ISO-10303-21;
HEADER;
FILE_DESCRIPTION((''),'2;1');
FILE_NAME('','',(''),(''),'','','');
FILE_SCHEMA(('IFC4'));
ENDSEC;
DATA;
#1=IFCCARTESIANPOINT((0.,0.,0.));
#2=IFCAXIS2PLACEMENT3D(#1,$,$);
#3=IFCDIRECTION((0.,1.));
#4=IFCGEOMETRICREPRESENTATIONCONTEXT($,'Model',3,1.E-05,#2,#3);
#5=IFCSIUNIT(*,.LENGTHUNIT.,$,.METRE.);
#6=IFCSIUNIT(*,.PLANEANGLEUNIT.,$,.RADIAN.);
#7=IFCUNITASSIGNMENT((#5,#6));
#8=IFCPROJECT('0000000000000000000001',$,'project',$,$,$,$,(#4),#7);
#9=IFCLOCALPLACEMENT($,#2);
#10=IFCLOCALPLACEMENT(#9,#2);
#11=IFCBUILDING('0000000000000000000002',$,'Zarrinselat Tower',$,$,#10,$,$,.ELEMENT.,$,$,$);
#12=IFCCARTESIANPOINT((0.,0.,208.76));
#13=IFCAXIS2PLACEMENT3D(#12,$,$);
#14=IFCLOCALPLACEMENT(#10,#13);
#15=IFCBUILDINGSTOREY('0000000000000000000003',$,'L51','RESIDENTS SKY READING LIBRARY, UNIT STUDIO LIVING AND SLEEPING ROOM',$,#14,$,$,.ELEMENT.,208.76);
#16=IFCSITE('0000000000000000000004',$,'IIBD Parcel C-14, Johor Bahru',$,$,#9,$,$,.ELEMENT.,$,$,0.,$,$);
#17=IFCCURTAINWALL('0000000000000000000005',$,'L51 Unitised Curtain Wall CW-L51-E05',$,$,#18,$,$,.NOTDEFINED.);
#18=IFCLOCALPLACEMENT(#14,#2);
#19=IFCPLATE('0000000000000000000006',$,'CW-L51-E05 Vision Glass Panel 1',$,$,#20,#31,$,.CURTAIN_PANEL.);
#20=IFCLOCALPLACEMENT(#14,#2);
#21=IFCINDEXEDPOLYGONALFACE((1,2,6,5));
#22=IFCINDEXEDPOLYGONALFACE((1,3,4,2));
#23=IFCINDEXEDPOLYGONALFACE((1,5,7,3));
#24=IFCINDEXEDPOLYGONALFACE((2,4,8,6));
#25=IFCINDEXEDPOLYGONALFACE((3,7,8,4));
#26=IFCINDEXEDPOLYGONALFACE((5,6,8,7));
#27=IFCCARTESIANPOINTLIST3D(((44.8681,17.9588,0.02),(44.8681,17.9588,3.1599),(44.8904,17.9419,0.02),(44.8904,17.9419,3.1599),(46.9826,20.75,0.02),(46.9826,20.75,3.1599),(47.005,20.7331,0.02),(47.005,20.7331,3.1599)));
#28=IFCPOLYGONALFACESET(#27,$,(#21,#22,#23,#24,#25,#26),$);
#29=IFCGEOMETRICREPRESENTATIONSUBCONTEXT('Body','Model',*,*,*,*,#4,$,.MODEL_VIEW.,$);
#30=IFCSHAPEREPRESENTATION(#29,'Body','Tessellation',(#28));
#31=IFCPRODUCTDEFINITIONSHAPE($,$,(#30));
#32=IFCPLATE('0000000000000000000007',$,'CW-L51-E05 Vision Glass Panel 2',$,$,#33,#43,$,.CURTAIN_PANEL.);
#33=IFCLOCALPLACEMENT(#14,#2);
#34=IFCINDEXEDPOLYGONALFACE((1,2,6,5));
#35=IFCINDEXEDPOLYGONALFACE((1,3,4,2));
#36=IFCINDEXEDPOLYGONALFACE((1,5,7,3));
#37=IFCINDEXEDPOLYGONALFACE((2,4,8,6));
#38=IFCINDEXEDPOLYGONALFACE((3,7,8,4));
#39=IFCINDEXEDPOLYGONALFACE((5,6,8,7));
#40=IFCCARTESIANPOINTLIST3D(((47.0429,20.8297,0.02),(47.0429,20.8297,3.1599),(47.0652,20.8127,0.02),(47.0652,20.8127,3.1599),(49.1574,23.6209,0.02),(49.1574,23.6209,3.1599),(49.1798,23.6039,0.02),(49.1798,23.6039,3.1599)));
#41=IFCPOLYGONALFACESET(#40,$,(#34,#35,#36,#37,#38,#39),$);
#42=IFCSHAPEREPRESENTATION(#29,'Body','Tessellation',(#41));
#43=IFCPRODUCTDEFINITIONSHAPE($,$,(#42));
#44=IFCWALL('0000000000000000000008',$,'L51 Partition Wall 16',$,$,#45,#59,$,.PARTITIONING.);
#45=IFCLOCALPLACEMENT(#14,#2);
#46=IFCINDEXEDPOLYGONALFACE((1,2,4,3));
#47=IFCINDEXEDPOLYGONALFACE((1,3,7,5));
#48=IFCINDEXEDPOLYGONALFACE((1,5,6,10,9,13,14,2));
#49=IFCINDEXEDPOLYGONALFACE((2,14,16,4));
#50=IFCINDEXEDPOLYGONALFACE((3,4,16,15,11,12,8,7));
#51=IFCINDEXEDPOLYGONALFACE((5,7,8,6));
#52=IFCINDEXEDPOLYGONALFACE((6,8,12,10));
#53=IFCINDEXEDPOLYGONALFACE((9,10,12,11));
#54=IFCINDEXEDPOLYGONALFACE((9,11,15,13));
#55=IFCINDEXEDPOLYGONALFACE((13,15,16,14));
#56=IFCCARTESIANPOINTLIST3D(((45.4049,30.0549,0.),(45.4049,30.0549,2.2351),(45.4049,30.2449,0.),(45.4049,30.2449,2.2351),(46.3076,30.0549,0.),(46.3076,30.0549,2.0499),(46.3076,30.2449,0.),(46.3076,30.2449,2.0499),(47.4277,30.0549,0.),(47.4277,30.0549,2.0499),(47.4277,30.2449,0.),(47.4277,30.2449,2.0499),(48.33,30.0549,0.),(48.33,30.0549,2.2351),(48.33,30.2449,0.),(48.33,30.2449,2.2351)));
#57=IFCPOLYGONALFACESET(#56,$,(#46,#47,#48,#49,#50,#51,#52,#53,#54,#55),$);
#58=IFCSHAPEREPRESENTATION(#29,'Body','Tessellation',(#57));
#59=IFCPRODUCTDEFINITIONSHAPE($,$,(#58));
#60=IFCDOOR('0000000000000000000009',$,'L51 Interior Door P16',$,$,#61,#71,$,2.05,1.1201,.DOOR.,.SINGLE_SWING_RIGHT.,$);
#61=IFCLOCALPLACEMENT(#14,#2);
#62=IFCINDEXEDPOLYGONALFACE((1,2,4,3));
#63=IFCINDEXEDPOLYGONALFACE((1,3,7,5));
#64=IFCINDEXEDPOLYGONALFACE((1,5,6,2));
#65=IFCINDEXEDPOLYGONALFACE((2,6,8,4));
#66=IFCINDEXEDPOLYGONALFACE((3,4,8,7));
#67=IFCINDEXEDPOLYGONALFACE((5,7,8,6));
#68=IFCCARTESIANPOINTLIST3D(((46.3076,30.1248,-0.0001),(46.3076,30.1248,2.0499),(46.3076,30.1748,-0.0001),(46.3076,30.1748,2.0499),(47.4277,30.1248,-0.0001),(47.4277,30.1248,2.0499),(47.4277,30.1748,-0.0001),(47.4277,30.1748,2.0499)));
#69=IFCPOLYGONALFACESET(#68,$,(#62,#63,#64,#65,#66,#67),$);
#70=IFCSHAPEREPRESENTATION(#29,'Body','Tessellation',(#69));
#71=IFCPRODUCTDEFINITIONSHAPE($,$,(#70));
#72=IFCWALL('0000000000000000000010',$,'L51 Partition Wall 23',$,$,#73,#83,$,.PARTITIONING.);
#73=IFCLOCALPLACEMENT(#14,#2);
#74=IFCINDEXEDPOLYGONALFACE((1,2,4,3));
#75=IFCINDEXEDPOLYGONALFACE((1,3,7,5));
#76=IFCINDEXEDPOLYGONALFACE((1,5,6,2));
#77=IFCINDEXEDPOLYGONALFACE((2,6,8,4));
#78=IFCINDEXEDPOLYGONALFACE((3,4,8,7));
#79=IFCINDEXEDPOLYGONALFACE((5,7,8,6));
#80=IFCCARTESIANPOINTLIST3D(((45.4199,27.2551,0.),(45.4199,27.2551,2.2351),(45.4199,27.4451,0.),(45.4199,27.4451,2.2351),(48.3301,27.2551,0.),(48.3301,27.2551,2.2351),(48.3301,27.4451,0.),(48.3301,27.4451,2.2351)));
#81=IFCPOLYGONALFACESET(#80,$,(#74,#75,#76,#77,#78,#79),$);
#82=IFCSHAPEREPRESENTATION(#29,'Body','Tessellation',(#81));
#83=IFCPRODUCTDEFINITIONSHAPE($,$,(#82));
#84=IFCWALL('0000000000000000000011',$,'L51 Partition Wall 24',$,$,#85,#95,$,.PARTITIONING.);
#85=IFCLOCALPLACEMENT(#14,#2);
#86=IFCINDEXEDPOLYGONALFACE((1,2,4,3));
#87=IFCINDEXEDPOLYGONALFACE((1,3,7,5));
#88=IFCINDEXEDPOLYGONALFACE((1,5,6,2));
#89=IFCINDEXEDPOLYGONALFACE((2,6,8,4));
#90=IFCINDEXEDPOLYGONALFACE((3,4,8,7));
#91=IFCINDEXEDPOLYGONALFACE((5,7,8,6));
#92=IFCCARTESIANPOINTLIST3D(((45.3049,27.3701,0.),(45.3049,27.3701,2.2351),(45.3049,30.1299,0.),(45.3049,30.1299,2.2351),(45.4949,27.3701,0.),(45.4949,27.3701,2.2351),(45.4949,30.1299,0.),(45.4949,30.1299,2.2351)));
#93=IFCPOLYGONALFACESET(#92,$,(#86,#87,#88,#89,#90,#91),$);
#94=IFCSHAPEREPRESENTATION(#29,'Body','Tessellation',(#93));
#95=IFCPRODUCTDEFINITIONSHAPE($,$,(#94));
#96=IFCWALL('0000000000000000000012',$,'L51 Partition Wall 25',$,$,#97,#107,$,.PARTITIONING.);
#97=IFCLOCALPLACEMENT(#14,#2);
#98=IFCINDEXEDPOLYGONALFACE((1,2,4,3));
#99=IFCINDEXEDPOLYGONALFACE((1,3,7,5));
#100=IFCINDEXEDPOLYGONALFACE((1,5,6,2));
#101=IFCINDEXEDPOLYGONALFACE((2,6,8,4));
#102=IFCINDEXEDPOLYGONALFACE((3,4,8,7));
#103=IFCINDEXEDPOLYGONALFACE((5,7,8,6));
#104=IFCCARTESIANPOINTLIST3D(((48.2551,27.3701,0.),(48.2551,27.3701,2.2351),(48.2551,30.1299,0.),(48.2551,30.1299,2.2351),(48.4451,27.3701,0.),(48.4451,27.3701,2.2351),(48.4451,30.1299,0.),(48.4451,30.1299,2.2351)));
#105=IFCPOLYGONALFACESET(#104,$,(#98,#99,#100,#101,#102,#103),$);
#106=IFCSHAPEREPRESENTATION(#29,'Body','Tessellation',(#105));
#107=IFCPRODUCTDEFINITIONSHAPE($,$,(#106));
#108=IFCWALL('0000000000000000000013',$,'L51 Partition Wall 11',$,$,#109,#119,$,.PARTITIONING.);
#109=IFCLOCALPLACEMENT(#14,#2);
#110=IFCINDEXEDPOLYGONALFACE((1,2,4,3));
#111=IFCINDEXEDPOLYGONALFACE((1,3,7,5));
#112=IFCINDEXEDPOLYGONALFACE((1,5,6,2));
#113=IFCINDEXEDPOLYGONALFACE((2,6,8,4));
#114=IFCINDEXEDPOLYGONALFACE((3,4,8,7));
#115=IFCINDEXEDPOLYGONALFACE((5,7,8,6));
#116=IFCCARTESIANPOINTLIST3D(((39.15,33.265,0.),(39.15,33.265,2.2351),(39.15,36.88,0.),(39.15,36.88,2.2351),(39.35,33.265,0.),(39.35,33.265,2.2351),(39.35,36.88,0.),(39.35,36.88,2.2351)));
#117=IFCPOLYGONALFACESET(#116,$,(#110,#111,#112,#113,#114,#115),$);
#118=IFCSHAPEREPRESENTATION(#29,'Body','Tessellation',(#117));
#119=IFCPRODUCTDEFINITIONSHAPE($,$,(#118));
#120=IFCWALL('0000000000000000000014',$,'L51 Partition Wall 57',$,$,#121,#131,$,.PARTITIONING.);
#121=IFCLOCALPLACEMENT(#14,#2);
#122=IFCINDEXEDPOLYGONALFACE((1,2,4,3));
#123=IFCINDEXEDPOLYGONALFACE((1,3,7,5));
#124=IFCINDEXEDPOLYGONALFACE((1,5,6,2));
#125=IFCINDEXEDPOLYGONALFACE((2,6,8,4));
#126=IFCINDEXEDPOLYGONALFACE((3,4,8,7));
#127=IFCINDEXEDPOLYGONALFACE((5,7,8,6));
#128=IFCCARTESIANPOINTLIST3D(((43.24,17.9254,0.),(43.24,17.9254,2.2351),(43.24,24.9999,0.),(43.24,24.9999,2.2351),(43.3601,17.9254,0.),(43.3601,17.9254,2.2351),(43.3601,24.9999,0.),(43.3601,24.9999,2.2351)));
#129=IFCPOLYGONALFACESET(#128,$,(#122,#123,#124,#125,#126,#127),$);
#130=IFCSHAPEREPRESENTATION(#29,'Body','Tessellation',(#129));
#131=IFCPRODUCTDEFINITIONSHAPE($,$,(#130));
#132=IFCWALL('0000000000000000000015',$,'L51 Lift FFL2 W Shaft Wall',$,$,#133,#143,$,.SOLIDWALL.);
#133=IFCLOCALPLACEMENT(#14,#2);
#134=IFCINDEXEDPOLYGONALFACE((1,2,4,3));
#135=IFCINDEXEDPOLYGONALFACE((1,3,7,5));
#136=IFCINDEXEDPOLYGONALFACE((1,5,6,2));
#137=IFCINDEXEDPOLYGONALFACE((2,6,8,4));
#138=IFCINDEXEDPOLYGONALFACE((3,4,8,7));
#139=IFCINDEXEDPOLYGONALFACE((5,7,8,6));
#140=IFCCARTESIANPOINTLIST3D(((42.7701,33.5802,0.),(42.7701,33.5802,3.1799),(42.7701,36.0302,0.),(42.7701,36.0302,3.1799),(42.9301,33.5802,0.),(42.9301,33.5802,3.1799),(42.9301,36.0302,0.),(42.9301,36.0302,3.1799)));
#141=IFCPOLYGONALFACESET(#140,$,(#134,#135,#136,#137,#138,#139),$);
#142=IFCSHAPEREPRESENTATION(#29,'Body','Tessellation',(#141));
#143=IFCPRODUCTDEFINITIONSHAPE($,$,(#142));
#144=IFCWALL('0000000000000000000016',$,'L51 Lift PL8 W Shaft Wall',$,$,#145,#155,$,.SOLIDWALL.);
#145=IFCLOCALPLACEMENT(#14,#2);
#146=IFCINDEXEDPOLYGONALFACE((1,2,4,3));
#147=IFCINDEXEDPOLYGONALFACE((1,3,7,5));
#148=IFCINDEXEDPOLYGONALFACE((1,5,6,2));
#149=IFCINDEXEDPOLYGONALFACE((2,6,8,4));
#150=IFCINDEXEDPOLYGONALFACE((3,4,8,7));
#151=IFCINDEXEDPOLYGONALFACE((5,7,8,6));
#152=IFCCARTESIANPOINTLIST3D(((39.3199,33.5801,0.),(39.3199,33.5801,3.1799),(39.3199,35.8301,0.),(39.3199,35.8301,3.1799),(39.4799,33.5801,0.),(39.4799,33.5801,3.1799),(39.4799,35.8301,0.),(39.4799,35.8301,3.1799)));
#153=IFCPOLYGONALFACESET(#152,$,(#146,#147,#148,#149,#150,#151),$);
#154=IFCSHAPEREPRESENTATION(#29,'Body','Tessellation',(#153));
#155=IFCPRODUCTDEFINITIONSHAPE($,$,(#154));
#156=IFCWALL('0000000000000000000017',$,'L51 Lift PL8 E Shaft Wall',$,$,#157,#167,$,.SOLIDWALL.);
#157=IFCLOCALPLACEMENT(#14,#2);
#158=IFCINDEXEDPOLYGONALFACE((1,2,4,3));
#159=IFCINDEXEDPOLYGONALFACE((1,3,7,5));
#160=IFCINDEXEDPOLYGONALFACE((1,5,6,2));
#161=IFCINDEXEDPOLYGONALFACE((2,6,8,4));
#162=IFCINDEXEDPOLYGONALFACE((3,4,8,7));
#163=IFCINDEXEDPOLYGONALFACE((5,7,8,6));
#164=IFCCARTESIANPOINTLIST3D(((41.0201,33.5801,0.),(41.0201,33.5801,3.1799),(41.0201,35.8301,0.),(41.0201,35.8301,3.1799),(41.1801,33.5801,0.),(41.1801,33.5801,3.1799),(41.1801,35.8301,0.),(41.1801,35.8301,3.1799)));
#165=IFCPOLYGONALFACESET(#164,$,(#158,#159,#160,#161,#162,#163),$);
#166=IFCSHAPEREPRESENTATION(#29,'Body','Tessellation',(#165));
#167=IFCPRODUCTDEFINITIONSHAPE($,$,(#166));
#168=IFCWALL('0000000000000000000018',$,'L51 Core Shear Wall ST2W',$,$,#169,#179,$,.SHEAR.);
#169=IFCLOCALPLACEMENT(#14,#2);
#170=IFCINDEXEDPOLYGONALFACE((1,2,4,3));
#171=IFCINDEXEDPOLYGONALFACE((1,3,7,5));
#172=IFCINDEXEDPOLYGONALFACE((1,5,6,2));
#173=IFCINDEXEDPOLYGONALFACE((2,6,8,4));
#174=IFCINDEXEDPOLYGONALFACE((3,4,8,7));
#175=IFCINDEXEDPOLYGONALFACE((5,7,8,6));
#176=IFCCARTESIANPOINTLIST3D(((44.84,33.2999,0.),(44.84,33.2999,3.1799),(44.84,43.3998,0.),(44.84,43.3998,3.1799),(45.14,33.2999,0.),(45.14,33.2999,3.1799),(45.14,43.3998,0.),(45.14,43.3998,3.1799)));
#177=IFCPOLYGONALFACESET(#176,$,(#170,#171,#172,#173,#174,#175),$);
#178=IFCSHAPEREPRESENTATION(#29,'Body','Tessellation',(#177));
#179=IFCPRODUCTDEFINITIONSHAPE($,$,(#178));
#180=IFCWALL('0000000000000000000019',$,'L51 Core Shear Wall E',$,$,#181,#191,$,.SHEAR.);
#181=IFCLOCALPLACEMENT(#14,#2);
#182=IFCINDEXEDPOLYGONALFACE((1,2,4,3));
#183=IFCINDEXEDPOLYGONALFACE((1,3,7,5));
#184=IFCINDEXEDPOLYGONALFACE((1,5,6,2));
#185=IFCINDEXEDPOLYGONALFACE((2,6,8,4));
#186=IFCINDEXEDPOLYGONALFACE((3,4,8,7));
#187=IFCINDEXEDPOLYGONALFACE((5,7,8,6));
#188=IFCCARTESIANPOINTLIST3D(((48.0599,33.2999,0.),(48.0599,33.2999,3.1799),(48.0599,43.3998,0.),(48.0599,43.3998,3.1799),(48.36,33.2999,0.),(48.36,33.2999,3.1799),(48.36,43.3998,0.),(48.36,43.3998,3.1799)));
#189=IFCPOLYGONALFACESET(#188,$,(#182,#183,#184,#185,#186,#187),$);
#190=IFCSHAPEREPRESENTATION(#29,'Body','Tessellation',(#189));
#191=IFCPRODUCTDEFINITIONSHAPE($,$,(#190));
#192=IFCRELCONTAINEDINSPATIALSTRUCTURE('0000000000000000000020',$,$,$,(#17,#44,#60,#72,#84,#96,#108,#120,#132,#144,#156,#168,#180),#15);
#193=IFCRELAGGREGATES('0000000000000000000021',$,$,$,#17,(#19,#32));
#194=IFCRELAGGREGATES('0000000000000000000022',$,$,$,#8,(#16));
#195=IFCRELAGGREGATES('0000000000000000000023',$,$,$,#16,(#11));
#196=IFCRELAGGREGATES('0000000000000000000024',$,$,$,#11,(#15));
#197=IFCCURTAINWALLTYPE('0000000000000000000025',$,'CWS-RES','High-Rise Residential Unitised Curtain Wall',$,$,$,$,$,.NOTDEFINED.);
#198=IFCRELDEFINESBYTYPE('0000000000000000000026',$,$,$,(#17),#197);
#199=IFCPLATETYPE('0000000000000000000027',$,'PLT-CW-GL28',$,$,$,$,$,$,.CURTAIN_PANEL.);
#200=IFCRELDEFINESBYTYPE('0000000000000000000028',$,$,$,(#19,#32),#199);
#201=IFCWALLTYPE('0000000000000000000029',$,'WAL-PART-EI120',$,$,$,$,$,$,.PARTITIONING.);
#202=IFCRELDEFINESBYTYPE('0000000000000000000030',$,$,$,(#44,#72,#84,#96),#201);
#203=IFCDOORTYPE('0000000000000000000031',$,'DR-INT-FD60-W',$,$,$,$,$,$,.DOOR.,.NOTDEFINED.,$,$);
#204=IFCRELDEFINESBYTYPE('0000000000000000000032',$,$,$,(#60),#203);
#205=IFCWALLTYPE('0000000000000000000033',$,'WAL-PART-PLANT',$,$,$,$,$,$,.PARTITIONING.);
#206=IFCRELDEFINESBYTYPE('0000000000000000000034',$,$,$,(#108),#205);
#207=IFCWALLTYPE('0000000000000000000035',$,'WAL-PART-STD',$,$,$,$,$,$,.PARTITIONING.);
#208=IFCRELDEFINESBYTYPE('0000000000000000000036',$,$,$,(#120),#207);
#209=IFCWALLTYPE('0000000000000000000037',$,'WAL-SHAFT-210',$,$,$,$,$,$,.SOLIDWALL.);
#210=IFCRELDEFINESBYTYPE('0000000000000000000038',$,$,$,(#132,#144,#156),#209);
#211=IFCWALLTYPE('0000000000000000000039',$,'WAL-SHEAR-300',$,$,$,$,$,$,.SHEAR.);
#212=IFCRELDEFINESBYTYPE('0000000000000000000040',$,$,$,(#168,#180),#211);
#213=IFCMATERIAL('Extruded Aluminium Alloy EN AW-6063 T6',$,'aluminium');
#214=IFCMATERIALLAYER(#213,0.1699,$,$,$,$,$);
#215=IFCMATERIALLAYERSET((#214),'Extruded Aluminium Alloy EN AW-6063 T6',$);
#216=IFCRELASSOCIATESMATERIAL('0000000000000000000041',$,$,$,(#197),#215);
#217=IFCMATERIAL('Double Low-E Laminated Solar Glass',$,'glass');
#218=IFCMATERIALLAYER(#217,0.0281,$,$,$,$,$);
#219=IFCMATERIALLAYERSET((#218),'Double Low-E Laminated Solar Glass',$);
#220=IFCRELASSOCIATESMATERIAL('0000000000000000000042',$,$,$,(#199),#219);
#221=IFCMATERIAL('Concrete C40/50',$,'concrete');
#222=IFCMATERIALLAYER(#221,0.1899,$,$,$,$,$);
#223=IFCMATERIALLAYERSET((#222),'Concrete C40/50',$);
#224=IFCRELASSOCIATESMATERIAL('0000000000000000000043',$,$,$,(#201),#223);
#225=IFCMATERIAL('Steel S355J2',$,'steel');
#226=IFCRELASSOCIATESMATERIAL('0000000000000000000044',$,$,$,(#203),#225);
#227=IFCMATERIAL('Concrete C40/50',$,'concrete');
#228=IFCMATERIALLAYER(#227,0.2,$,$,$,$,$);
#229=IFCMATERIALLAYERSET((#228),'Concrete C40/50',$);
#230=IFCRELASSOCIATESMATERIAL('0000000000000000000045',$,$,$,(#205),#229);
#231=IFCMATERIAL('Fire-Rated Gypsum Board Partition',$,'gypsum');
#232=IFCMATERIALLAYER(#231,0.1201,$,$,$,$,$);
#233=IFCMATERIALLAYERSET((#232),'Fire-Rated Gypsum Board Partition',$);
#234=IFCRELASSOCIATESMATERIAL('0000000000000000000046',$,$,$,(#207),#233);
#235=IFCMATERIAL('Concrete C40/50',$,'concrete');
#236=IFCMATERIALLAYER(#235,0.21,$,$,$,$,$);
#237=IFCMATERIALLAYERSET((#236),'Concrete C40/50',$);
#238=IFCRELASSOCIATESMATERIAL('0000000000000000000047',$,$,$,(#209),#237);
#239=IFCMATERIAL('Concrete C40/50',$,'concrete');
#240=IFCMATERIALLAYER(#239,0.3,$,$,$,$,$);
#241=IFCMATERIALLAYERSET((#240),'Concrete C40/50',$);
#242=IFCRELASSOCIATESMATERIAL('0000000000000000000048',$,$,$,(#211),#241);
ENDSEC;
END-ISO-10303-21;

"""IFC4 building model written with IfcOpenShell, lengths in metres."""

from ifc_helpers import new_model, si_unit, direction, frame, frame_2d, origin, origin_2d, place, context, subcontext, project, spatial, rectangle, extrude, material, layer, layer_set, type_object, element, fill, aggregate, save


model = new_model("IFC4")

# Units and contexts
model_context = context("Model", 3, precision=1e-05, world=origin(), true_north=direction((0.0, 1.0)))
body_context = subcontext(model_context, "Body", "Model", "MODEL_VIEW")
ifc_project = project(units=[si_unit("LENGTHUNIT", "METRE"), si_unit("PLANEANGLEUNIT", "RADIAN")], contexts=[model_context])

# Site, building, storey
site_placement = place(None, origin())
site = spatial("IfcSite", under=ifc_project, at=site_placement, Name="IIBD Parcel C-14, Johor Bahru", CompositionType="ELEMENT", RefElevation=0.0)
building_placement = place(site_placement, origin())
building = spatial("IfcBuilding", under=site, at=building_placement, Name="Zarrinselat Tower", CompositionType="ELEMENT")
storey_placement = place(building_placement, frame((0.0, 0.0, 208.76)))
storey = spatial("IfcBuildingStorey", under=building, at=storey_placement, Name="L51", Description="RESIDENTS SKY READING LIBRARY, UNIT STUDIO LIVING AND SLEEPING ROOM", CompositionType="ELEMENT", Elevation=208.76)

# Curtain wall
ifc_material_1 = material(Name="Extruded Aluminium Alloy EN AW-6063 T6", Category="aluminium")
ifc_layer_1 = layer(ifc_material_1, 0.1699)
ifc_layer_set_1 = layer_set([ifc_layer_1], Name="Extruded Aluminium Alloy EN AW-6063 T6")
curtain_wall_type = type_object("IfcCurtainWallType", Name="CWS-RES", Description="High-Rise Residential Unitised Curtain Wall", PredefinedType="NOTDEFINED", material=ifc_layer_set_1)
curtain_wall_1_placement = place(storey_placement, origin())
curtain_wall_1 = element("IfcCurtainWall", 1, at=curtain_wall_1_placement, inside=storey, type_object=curtain_wall_type, Name="L51 Unitised Curtain Wall CW-L51-E05", PredefinedType="NOTDEFINED")

# Plates
ifc_material_2 = material(Name="Double Low-E Laminated Solar Glass", Category="glass")
ifc_layer_2 = layer(ifc_material_2, 0.0281)
ifc_layer_set_2 = layer_set([ifc_layer_2], Name="Double Low-E Laminated Solar Glass")
plate_type = type_object("IfcPlateType", Name="PLT-CW-GL28", PredefinedType="CURTAIN_PANEL", material=ifc_layer_set_2)
plate_1_placement = place(storey_placement, frame((45.9365, 19.3459, 0.02), z_axis=(0.0, 0.0, 1.0), x_axis=(0.603859, 0.797091, 0.0)))
plate_1 = element("IfcPlate", 2, at=plate_1_placement, type_object=plate_type, Name="CW-L51-E05 Vision Glass Panel 1", PredefinedType="CURTAIN_PANEL", context=body_context, shape_type="SweptSolid", body=[
    extrude(rectangle(XDim=3.5017, YDim=0.0281, at=origin_2d()), origin(), (0.0, 0.0, 1.0), 3.1399),
])
plate_2_placement = place(storey_placement, frame((48.1113, 22.2168, 0.02), z_axis=(0.0, 0.0, 1.0), x_axis=(0.603859, 0.797091, 0.0)))
plate_2 = element("IfcPlate", 3, at=plate_2_placement, type_object=plate_type, Name="CW-L51-E05 Vision Glass Panel 2", PredefinedType="CURTAIN_PANEL", context=body_context, shape_type="SweptSolid", body=[
    extrude(rectangle(XDim=3.5017, YDim=0.0281, at=origin_2d()), origin(), (0.0, 0.0, 1.0), 3.1399),
])
aggregate(curtain_wall_1, [plate_1, plate_2])

# Wall, opening, door
ifc_material_3 = material(Name="Concrete C40/50", Category="concrete")
ifc_layer_3 = layer(ifc_material_3, 0.1899)
ifc_layer_set_3 = layer_set([ifc_layer_3], Name="Concrete C40/50")
wall_type_1 = type_object("IfcWallType", Name="WAL-PART-EI120", PredefinedType="PARTITIONING", material=ifc_layer_set_3)
wall_1_placement = place(storey_placement, frame((45.405, 30.1499, 0.0), z_axis=(0.0, 0.0, 1.0), x_axis=(1.0, 0.0, 0.0)))
wall_1 = element("IfcWall", 4, at=wall_1_placement, inside=storey, type_object=wall_type_1, Name="L51 Partition Wall 16", PredefinedType="PARTITIONING", context=body_context, shape_type="SweptSolid", body=[
    extrude(rectangle(XDim=2.925, YDim=0.1899, at=frame_2d((1.4624, 0.0))), origin(), (0.0, 0.0, 1.0), 2.2351),
])
opening_placement = place(wall_1_placement, frame((0.9026, 0.0, 0.0)))
opening = element("IfcOpeningElement", 5, at=opening_placement, cuts=wall_1, PredefinedType="OPENING", context=body_context, shape_type="SweptSolid", body=[
    extrude(rectangle(XDim=1.1201, YDim=2.05, at=frame_2d((0.5601, 1.0249))), frame((0.0, 0.105, 0.0), z_axis=(0.0, -1.0, 0.0), x_axis=(1.0, 0.0, 0.0)), (0.0, 0.0, 1.0), 0.21),
])
ifc_material_4 = material(Name="Steel S355J2", Category="steel")
door_type = type_object("IfcDoorType", Name="DR-INT-FD60-W", OperationType="NOTDEFINED", PredefinedType="DOOR", material=ifc_material_4)
door_placement = place(opening_placement, origin())
door = element("IfcDoor", 6, at=door_placement, inside=storey, type_object=door_type, Name="L51 Interior Door P16", OperationType="SINGLE_SWING_RIGHT", OverallHeight=2.05, OverallWidth=1.1201, PredefinedType="DOOR", context=body_context, shape_type="SweptSolid", body=[
    extrude(rectangle(XDim=1.1201, YDim=2.05, at=frame_2d((0.5601, 1.0249))), frame((0.0, 0.0249, 0.0), z_axis=(0.0, -1.0, 0.0), x_axis=(1.0, 0.0, 0.0)), (0.0, 0.0, 1.0), 0.05),
])
fill(opening, door)

# Walls
wall_2_placement = place(storey_placement, frame((45.4199, 27.3501, 0.0), z_axis=(0.0, 0.0, 1.0), x_axis=(1.0, 0.0, 0.0)))
element("IfcWall", 7, at=wall_2_placement, inside=storey, type_object=wall_type_1, Name="L51 Partition Wall 23", PredefinedType="PARTITIONING", context=body_context, shape_type="SweptSolid", body=[
    extrude(rectangle(XDim=2.9102, YDim=0.1899, at=frame_2d((1.4551, 0.0))), origin(), (0.0, 0.0, 1.0), 2.2351),
])
for number, where, z_axis, x_axis, name in (
    (8, (45.3999, 27.3701, 0.0), (0.0, 0.0, 1.0), (0.0, 1.0, 0.0), "L51 Partition Wall 24"),
    (9, (48.3501, 27.3701, 0.0), (0.0, 0.0, 1.0), (0.0, 1.0, 0.0), "L51 Partition Wall 25"),
):
    element("IfcWall", number, at=place(storey_placement, frame(where, z_axis=z_axis, x_axis=x_axis)), inside=storey, type_object=wall_type_1, Name=name, PredefinedType="PARTITIONING", context=body_context, shape_type="SweptSolid", body=[
        extrude(rectangle(XDim=2.7598, YDim=0.1899, at=frame_2d((1.3799, 0.0))), origin(), (0.0, 0.0, 1.0), 2.2351),
    ])
ifc_material_5 = material(Name="Concrete C40/50", Category="concrete")
ifc_layer_4 = layer(ifc_material_5, 0.2)
ifc_layer_set_4 = layer_set([ifc_layer_4], Name="Concrete C40/50")
wall_type_2 = type_object("IfcWallType", Name="WAL-PART-PLANT", PredefinedType="PARTITIONING", material=ifc_layer_set_4)
wall_3_placement = place(storey_placement, frame((39.25, 33.2649, 0.0), z_axis=(0.0, 0.0, 1.0), x_axis=(0.0, 1.0, 0.0)))
element("IfcWall", 10, at=wall_3_placement, inside=storey, type_object=wall_type_2, Name="L51 Partition Wall 11", PredefinedType="PARTITIONING", context=body_context, shape_type="SweptSolid", body=[
    extrude(rectangle(XDim=3.615, YDim=0.2, at=frame_2d((1.8076, 0.0))), origin(), (0.0, 0.0, 1.0), 2.2351),
])
ifc_material_6 = material(Name="Fire-Rated Gypsum Board Partition", Category="gypsum")
ifc_layer_5 = layer(ifc_material_6, 0.1201)
ifc_layer_set_5 = layer_set([ifc_layer_5], Name="Fire-Rated Gypsum Board Partition")
wall_type_3 = type_object("IfcWallType", Name="WAL-PART-STD", PredefinedType="PARTITIONING", material=ifc_layer_set_5)
wall_4_placement = place(storey_placement, frame((43.3, 17.9255, 0.0), z_axis=(0.0, 0.0, 1.0), x_axis=(0.0, 1.0, 0.0)))
element("IfcWall", 11, at=wall_4_placement, inside=storey, type_object=wall_type_3, Name="L51 Partition Wall 57", PredefinedType="PARTITIONING", context=body_context, shape_type="SweptSolid", body=[
    extrude(rectangle(XDim=7.0745, YDim=0.1201, at=frame_2d((3.5371, 0.0))), origin(), (0.0, 0.0, 1.0), 2.2351),
])
ifc_material_7 = material(Name="Concrete C40/50", Category="concrete")
ifc_layer_6 = layer(ifc_material_7, 0.21)
ifc_layer_set_6 = layer_set([ifc_layer_6], Name="Concrete C40/50")
wall_type_4 = type_object("IfcWallType", Name="WAL-SHAFT-210", PredefinedType="SOLIDWALL", material=ifc_layer_set_6)
wall_5_placement = place(storey_placement, frame((42.8501, 33.5801, 0.0), z_axis=(0.0, 0.0, 1.0), x_axis=(0.0, 1.0, 0.0)))
element("IfcWall", 12, at=wall_5_placement, inside=storey, type_object=wall_type_4, Name="L51 Lift FFL2 W Shaft Wall", PredefinedType="SOLIDWALL", context=body_context, shape_type="SweptSolid", body=[
    extrude(rectangle(XDim=2.45, YDim=0.1599, at=frame_2d((1.2251, 0.0))), origin(), (0.0, 0.0, 1.0), 3.1799),
])
for number, where, z_axis, x_axis, name in (
    (13, (39.3999, 33.5801, 0.0), (0.0, 0.0, 1.0), (0.0, 1.0, 0.0), "L51 Lift PL8 W Shaft Wall"),
    (14, (41.1001, 33.5801, 0.0), (0.0, 0.0, 1.0), (0.0, 1.0, 0.0), "L51 Lift PL8 E Shaft Wall"),
):
    element("IfcWall", number, at=place(storey_placement, frame(where, z_axis=z_axis, x_axis=x_axis)), inside=storey, type_object=wall_type_4, Name=name, PredefinedType="SOLIDWALL", context=body_context, shape_type="SweptSolid", body=[
        extrude(rectangle(XDim=2.25, YDim=0.1599, at=frame_2d((1.125, 0.0))), origin(), (0.0, 0.0, 1.0), 3.1799),
    ])
ifc_material_8 = material(Name="Concrete C40/50", Category="concrete")
ifc_layer_7 = layer(ifc_material_8, 0.3)
ifc_layer_set_7 = layer_set([ifc_layer_7], Name="Concrete C40/50")
wall_type_5 = type_object("IfcWallType", Name="WAL-SHEAR-300", PredefinedType="SHEAR", material=ifc_layer_set_7)
for number, where, z_axis, x_axis, name in (
    (15, (44.99, 33.3, 0.0), (0.0, 0.0, 1.0), (0.0, 1.0, 0.0), "L51 Core Shear Wall ST2W"),
    (16, (48.21, 33.3, 0.0), (0.0, 0.0, 1.0), (0.0, 1.0, 0.0), "L51 Core Shear Wall E"),
):
    element("IfcWall", number, at=place(storey_placement, frame(where, z_axis=z_axis, x_axis=x_axis)), inside=storey, type_object=wall_type_5, Name=name, PredefinedType="SHEAR", context=body_context, shape_type="SweptSolid", body=[
        extrude(rectangle(XDim=10.0999, YDim=0.3, at=frame_2d((5.0498, 0.0))), origin(), (0.0, 0.0, 1.0), 3.1799),
    ])

save(model, "model.ifc")
